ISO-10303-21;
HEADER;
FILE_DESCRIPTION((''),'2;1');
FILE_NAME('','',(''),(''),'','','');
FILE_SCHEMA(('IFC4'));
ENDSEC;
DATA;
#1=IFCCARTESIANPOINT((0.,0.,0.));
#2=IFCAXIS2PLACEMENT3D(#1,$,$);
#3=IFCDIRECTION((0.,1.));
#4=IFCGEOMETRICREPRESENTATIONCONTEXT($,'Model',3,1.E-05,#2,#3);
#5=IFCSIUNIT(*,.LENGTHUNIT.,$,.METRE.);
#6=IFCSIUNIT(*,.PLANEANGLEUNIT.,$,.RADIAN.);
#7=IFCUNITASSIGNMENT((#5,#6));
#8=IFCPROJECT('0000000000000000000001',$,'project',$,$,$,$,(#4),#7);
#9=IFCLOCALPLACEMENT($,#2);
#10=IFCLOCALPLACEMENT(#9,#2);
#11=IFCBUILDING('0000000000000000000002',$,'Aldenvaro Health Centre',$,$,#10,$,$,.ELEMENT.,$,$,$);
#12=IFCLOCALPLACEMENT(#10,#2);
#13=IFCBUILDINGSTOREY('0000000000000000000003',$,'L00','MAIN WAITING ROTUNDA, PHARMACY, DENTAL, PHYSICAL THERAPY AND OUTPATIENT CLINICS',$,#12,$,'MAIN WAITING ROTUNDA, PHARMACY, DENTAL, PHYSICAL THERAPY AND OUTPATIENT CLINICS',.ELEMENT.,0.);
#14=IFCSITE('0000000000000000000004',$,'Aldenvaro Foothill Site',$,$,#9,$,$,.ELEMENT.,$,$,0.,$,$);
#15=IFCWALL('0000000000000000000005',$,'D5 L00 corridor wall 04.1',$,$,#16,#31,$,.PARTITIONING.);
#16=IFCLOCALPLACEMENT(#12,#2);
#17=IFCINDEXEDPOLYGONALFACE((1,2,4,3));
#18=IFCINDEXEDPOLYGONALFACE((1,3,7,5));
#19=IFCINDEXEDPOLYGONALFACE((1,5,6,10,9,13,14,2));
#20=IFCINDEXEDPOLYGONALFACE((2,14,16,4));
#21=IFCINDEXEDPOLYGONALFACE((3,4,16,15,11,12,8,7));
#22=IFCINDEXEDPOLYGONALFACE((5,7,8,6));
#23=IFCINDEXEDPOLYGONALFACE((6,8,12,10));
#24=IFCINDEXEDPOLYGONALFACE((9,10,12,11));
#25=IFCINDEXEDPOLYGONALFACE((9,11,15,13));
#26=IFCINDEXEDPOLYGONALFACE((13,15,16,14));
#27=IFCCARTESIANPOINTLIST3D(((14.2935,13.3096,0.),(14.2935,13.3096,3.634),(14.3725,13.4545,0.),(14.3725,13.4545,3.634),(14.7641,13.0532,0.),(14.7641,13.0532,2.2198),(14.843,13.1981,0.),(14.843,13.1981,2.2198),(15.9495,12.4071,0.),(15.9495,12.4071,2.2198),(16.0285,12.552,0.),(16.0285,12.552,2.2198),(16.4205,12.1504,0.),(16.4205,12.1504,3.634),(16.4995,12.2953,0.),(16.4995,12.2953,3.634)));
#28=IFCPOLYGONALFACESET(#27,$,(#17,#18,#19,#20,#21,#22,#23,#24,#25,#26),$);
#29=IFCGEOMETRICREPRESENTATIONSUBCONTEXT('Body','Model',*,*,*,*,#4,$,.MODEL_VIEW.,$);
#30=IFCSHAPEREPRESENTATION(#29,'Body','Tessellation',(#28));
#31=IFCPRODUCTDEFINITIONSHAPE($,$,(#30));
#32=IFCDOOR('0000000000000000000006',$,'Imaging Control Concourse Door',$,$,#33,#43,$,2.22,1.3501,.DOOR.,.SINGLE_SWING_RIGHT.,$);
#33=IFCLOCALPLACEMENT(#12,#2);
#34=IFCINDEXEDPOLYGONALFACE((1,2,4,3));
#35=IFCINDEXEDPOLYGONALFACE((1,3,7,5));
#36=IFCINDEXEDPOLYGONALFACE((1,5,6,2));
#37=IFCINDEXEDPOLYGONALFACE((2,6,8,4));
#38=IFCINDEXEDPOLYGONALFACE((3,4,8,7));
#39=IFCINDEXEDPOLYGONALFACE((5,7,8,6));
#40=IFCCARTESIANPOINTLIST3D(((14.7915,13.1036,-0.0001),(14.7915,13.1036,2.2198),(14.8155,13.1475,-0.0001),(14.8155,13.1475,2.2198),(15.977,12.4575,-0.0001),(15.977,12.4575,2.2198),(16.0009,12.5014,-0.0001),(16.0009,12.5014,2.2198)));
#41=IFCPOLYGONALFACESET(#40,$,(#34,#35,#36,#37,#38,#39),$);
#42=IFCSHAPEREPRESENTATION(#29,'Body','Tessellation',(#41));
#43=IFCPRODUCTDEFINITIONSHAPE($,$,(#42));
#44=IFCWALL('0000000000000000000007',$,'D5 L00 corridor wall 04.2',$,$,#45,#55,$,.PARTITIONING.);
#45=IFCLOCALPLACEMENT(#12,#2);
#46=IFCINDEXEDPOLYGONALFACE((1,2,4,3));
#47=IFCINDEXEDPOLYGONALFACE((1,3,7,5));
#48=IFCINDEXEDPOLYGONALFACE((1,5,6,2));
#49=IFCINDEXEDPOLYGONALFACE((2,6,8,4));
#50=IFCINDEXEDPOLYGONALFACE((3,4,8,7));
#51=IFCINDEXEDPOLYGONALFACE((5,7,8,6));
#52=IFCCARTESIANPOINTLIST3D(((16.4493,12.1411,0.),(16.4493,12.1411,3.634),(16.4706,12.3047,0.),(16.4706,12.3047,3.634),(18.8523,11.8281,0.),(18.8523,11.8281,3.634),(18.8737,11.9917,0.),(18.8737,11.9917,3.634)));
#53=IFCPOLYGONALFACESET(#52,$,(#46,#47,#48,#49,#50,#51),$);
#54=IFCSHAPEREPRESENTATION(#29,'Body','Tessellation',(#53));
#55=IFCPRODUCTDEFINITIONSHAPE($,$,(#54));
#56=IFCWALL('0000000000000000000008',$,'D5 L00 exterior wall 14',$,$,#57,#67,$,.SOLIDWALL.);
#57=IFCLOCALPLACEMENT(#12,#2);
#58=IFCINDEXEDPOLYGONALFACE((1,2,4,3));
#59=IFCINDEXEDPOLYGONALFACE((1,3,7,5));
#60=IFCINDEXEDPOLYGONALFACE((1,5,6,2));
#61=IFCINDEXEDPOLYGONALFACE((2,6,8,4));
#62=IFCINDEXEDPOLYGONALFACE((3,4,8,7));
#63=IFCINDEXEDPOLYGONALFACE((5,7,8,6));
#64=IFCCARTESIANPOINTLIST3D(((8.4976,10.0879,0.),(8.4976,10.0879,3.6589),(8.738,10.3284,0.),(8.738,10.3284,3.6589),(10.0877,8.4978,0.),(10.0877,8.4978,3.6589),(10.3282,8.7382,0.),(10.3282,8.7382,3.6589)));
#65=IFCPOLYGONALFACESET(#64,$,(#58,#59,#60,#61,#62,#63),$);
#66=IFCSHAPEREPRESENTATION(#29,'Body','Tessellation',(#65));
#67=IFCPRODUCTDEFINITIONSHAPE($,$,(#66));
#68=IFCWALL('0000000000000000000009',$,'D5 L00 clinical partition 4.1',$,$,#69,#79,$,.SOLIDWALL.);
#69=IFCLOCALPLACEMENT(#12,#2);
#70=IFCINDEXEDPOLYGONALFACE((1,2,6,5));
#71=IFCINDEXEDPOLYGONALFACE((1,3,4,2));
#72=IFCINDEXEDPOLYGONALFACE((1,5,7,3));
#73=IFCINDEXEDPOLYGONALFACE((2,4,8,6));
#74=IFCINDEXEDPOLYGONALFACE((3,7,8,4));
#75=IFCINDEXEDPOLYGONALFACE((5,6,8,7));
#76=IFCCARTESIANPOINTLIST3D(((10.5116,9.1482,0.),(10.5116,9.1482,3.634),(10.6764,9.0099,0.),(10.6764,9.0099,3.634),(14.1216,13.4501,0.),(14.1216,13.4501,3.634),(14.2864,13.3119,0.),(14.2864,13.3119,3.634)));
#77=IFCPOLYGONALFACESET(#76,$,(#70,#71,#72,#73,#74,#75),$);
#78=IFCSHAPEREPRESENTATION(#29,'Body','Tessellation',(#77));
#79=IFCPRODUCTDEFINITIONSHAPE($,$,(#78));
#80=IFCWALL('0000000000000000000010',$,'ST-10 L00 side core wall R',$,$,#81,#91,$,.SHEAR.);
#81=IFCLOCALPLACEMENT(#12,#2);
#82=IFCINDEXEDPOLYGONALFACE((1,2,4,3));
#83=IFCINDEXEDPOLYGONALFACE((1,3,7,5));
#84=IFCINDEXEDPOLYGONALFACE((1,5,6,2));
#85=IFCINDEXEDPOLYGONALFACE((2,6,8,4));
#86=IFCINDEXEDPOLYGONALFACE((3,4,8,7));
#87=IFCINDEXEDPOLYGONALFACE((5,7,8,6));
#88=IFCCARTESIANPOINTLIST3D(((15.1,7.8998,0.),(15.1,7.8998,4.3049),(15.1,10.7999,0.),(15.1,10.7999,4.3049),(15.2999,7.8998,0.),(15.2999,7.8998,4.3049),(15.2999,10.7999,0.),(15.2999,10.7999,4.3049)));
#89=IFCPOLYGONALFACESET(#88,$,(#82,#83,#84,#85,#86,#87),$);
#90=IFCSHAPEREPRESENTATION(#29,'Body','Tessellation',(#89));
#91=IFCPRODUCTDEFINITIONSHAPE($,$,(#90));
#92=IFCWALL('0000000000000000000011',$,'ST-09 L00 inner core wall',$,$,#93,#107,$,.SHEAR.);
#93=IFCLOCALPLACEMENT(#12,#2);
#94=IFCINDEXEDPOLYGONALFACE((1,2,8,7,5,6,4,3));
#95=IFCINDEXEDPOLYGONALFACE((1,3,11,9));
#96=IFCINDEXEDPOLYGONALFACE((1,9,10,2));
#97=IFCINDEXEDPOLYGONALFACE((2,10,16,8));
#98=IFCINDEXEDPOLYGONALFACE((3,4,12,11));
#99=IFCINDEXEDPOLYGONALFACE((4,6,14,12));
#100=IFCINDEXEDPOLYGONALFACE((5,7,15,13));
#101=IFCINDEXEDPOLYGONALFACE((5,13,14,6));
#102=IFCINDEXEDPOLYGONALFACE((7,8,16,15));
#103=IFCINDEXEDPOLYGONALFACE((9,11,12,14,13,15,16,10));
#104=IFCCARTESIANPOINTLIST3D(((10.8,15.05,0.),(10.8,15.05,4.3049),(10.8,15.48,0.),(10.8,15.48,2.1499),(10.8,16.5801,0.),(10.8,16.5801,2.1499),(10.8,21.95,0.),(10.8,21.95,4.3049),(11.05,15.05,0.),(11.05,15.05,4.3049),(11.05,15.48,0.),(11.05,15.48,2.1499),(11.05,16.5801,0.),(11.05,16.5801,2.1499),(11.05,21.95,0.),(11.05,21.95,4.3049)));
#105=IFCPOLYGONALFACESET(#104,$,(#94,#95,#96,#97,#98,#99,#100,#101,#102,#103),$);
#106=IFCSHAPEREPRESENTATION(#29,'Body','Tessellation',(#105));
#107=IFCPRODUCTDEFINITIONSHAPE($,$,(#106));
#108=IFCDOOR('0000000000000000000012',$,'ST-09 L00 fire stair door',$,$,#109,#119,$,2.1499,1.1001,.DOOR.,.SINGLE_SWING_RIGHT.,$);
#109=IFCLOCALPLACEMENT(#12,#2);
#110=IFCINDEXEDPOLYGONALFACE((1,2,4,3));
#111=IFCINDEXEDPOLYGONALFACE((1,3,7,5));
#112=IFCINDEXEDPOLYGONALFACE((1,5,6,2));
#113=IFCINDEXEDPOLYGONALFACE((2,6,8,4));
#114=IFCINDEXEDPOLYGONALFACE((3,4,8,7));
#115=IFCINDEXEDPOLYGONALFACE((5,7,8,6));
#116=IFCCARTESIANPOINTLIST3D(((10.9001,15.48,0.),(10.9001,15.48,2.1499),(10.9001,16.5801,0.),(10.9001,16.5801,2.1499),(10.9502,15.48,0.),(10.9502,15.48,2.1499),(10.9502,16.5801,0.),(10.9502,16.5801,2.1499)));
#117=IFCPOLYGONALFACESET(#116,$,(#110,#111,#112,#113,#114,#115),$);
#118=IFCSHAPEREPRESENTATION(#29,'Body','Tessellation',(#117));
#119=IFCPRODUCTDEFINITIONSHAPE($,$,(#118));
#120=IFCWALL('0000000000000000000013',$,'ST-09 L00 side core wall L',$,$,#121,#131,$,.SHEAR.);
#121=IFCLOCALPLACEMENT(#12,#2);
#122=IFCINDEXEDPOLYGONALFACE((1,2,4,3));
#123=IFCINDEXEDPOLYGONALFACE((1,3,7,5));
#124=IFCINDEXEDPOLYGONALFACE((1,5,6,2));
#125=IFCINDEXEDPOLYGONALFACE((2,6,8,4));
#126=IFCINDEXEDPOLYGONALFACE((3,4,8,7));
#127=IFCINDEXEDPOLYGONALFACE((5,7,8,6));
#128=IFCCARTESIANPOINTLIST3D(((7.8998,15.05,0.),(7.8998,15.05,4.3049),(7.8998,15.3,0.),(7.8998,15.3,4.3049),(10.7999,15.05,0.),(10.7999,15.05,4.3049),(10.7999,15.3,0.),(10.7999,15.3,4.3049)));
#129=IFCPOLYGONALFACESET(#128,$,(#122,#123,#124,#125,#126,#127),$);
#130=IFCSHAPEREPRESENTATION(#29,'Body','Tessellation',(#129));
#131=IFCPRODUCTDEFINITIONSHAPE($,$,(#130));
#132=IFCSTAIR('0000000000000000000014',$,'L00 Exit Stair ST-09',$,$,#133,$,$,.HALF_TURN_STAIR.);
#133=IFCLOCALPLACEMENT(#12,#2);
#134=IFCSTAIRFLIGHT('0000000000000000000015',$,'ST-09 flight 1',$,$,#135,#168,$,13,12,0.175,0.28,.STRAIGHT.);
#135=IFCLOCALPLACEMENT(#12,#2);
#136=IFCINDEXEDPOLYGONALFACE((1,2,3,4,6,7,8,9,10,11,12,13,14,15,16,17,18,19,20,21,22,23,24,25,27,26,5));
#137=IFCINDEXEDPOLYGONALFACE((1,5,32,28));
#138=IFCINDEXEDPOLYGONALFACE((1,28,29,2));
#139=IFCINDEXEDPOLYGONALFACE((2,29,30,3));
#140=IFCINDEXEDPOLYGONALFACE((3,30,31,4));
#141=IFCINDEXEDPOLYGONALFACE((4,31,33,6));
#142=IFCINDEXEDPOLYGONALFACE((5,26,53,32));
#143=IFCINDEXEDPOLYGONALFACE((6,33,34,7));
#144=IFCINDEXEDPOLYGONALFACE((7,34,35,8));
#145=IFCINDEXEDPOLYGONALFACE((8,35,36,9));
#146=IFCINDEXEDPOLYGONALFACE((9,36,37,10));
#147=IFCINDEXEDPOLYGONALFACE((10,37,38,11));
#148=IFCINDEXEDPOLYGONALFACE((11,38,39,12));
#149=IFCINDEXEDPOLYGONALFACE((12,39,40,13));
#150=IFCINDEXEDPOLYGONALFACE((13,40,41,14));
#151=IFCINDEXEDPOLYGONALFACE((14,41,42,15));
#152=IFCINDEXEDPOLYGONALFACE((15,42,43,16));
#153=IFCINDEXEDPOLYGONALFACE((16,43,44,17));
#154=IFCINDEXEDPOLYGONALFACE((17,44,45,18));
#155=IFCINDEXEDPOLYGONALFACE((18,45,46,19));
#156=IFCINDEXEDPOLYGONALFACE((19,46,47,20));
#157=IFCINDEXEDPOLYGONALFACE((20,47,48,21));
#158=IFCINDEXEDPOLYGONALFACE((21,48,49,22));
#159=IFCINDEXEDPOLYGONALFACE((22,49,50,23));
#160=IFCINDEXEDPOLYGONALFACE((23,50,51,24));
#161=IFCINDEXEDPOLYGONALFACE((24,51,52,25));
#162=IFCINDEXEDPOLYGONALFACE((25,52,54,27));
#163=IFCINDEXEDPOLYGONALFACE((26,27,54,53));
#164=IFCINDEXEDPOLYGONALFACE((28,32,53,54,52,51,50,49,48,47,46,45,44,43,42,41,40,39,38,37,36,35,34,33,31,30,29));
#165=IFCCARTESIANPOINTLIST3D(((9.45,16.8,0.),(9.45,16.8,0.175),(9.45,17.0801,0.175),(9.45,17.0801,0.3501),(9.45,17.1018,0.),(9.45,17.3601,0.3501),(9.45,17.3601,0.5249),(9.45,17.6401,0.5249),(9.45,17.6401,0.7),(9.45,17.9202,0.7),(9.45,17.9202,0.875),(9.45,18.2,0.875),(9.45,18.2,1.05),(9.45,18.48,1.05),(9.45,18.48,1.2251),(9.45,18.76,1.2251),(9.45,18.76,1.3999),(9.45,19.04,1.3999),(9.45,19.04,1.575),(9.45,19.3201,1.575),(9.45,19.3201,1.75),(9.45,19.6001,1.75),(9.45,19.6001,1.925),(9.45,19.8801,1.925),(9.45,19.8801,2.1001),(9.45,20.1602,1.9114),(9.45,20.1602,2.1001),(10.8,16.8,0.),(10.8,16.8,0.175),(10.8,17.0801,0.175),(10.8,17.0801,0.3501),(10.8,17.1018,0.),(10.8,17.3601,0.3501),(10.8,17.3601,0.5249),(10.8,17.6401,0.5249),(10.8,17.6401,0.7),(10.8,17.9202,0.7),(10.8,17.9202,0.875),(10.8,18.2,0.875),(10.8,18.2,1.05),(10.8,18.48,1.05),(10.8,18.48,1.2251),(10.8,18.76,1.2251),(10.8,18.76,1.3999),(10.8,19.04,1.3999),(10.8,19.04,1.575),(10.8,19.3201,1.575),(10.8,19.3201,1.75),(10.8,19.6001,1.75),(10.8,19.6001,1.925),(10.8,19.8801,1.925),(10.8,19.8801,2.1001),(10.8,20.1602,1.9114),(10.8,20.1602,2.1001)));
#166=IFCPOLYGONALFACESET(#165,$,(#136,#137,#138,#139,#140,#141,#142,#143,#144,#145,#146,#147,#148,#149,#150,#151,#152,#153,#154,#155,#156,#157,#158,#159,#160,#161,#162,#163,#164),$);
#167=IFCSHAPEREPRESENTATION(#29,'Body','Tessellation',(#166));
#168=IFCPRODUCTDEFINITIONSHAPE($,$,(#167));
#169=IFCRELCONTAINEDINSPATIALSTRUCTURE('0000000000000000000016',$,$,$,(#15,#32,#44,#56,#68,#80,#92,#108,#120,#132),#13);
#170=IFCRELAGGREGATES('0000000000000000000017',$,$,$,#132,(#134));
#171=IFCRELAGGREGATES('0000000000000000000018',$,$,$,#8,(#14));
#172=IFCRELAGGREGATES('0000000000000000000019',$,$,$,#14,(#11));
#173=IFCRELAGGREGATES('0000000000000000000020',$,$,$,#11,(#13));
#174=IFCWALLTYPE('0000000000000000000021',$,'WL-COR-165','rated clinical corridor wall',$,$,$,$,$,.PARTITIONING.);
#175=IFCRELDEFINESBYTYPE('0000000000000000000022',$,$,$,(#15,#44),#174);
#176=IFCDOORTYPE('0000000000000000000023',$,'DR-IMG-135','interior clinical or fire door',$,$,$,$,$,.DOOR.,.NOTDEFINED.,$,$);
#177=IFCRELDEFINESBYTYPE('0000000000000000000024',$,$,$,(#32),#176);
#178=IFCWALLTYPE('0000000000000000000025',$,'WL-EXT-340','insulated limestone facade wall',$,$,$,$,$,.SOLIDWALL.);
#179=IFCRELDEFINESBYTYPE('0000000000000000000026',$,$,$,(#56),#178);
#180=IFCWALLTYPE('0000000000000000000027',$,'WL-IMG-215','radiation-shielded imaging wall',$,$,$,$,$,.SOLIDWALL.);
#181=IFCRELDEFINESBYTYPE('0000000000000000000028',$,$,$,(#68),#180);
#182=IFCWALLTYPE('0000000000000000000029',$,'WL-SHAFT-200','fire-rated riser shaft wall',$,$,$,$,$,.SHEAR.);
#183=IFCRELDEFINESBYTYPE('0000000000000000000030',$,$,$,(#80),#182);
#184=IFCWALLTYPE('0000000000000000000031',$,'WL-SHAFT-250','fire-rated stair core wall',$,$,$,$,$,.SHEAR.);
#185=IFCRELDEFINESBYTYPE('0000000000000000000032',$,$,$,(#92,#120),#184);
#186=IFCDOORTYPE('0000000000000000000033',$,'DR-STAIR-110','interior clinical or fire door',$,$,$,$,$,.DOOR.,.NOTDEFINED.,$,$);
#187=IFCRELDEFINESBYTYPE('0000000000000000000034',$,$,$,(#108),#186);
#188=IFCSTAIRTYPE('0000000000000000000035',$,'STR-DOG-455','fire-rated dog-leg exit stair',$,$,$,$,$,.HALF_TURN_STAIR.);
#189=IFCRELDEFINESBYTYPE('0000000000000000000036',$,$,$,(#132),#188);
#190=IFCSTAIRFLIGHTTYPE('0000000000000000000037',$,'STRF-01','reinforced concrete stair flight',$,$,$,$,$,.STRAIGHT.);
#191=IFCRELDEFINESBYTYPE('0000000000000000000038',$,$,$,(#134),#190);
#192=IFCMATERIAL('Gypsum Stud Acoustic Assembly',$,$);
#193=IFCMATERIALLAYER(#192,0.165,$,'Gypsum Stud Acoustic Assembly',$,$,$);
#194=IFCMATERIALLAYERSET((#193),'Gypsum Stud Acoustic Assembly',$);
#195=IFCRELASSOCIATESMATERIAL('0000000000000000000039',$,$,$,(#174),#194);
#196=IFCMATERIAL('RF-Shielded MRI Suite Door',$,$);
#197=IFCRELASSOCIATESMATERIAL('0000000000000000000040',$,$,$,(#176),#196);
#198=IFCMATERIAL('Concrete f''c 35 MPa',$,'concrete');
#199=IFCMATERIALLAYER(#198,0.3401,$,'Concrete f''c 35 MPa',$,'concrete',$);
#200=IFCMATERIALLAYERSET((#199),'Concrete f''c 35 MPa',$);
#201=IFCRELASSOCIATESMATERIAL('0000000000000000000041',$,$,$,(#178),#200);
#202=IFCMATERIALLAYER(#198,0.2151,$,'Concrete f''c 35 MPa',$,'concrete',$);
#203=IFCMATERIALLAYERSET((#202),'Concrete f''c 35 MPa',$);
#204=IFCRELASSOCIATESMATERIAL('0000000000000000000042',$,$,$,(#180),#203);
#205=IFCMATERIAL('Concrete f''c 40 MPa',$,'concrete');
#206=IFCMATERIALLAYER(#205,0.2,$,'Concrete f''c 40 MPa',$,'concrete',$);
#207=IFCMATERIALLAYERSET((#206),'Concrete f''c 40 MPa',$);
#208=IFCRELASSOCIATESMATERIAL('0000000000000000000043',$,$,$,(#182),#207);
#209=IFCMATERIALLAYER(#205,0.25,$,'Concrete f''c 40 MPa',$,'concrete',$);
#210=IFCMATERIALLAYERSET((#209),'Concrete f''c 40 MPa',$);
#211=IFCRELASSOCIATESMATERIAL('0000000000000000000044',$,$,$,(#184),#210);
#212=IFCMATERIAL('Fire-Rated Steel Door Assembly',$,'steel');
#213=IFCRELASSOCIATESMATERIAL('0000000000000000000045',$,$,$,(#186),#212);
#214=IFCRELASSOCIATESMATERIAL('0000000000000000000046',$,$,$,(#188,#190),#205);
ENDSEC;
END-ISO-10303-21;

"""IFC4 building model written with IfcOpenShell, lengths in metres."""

from ifc_helpers import new_model, si_unit, direction, frame, frame_2d, origin, place, context, subcontext, project, spatial, polyline, rectangle, outline, extrude, material, layer, layer_set, type_object, element, fill, aggregate, save


model = new_model("IFC4")

# Units and contexts
model_context = context("Model", 3, precision=1e-05, world=origin(), true_north=direction((0.0, 1.0)))
body_context = subcontext(model_context, "Body", "Model", "MODEL_VIEW")
ifc_project = project(units=[si_unit("LENGTHUNIT", "METRE"), si_unit("PLANEANGLEUNIT", "RADIAN")], contexts=[model_context])

# Site, building, storey
site_placement = place(None, origin())
site = spatial("IfcSite", under=ifc_project, at=site_placement, Name="Aldenvaro Foothill Site", CompositionType="ELEMENT", RefElevation=0.0)
building_placement = place(site_placement, origin())
building = spatial("IfcBuilding", under=site, at=building_placement, Name="Aldenvaro Health Centre", CompositionType="ELEMENT")
storey_placement = place(building_placement, origin())
storey = spatial("IfcBuildingStorey", under=building, at=storey_placement, Name="L00", Description="MAIN WAITING ROTUNDA, PHARMACY, DENTAL, PHYSICAL THERAPY AND OUTPATIENT CLINICS", LongName="MAIN WAITING ROTUNDA, PHARMACY, DENTAL, PHYSICAL THERAPY AND OUTPATIENT CLINICS", CompositionType="ELEMENT", Elevation=0.0)

# Shared definitions
ifc_material_1 = material(Name="Concrete f'c 40 MPa", Category="concrete")

# Wall, opening, door
ifc_material_2 = material(Name="Gypsum Stud Acoustic Assembly")
ifc_layer_1 = layer(ifc_material_2, 0.165, Name="Gypsum Stud Acoustic Assembly")
ifc_layer_set_1 = layer_set([ifc_layer_1], Name="Gypsum Stud Acoustic Assembly")
wall_type_1 = type_object("IfcWallType", Name="WL-COR-165", Description="rated clinical corridor wall", PredefinedType="PARTITIONING", material=ifc_layer_set_1)
wall_1_placement = place(storey_placement, frame((14.333, 13.3821, 0.0), z_axis=(0.0, 0.0, 1.0), x_axis=(0.878065, -0.478541, 0.0)))
wall_1 = element("IfcWall", 1, at=wall_1_placement, inside=storey, type_object=wall_type_1, Name="D5 L00 corridor wall 04.1", PredefinedType="PARTITIONING", context=body_context, shape_type="SweptSolid", body=[
    extrude(rectangle(XDim=2.4224, YDim=0.165, at=frame_2d((1.2112, 0.0))), origin(), (0.0, 0.0, 1.0), 3.634),
])
opening_1_placement = place(wall_1_placement, frame((0.5359, 0.0, 0.0)))
opening_1 = element("IfcOpeningElement", 2, at=opening_1_placement, cuts=wall_1, PredefinedType="OPENING", context=body_context, shape_type="SweptSolid", body=[
    extrude(rectangle(XDim=1.3501, YDim=2.22, at=frame_2d((0.675, 1.1099))), frame((0.0, 0.0925, 0.0), z_axis=(0.0, -1.0, 0.0), x_axis=(1.0, 0.0, 0.0)), (0.0, 0.0, 1.0), 0.1851),
])
ifc_material_3 = material(Name="RF-Shielded MRI Suite Door")
door_type_1 = type_object("IfcDoorType", Name="DR-IMG-135", Description="interior clinical or fire door", OperationType="NOTDEFINED", PredefinedType="DOOR", material=ifc_material_3)
door_1_placement = place(opening_1_placement, origin())
door_1 = element("IfcDoor", 3, at=door_1_placement, inside=storey, type_object=door_type_1, Name="Imaging Control Concourse Door", OperationType="SINGLE_SWING_RIGHT", OverallHeight=2.22, OverallWidth=1.3501, PredefinedType="DOOR", context=body_context, shape_type="SweptSolid", body=[
    extrude(rectangle(XDim=1.3501, YDim=2.22, at=frame_2d((0.675, 1.1099))), frame((0.0, 0.0249, 0.0), z_axis=(0.0, -1.0, 0.0), x_axis=(1.0, 0.0, 0.0)), (0.0, 0.0, 1.0), 0.05),
])
fill(opening_1, door_1)

# Walls
wall_2_placement = place(storey_placement, frame((16.46, 12.2229, 0.0), z_axis=(0.0, 0.0, 1.0), x_axis=(0.991625, -0.129154, 0.0)))
element("IfcWall", 4, at=wall_2_placement, inside=storey, type_object=wall_type_1, Name="D5 L00 corridor wall 04.2", PredefinedType="PARTITIONING", context=body_context, shape_type="SweptSolid", body=[
    extrude(rectangle(XDim=2.4233, YDim=0.165, at=frame_2d((1.2117, 0.0))), origin(), (0.0, 0.0, 1.0), 3.634),
])
ifc_material_4 = material(Name="Concrete f'c 35 MPa", Category="concrete")
ifc_layer_2 = layer(ifc_material_4, 0.3401, Name="Concrete f'c 35 MPa", Category="concrete")
ifc_layer_set_2 = layer_set([ifc_layer_2], Name="Concrete f'c 35 MPa")
wall_type_2 = type_object("IfcWallType", Name="WL-EXT-340", Description="insulated limestone facade wall", PredefinedType="SOLIDWALL", material=ifc_layer_set_2)
wall_3_placement = place(storey_placement, frame((10.208, 8.6179, 0.0), z_axis=(0.0, 0.0, 1.0), x_axis=(-0.707107, 0.707107, 0.0)))
element("IfcWall", 5, at=wall_3_placement, inside=storey, type_object=wall_type_2, Name="D5 L00 exterior wall 14", PredefinedType="SOLIDWALL", context=body_context, shape_type="SweptSolid", body=[
    extrude(rectangle(XDim=2.2488, YDim=0.3401, at=frame_2d((1.1245, 0.0))), origin(), (0.0, 0.0, 1.0), 3.6589),
])
ifc_layer_3 = layer(ifc_material_4, 0.2151, Name="Concrete f'c 35 MPa", Category="concrete")
ifc_layer_set_3 = layer_set([ifc_layer_3], Name="Concrete f'c 35 MPa")
wall_type_3 = type_object("IfcWallType", Name="WL-IMG-215", Description="radiation-shielded imaging wall", PredefinedType="SOLIDWALL", material=ifc_layer_set_3)
wall_4_placement = place(storey_placement, frame((14.2041, 13.3811, 0.0), z_axis=(0.0, 0.0, 1.0), x_axis=(-0.642819, -0.766018, 0.0)))
element("IfcWall", 6, at=wall_4_placement, inside=storey, type_object=wall_type_3, Name="D5 L00 clinical partition 4.1", PredefinedType="SOLIDWALL", context=body_context, shape_type="SweptSolid", body=[
    extrude(rectangle(XDim=5.616, YDim=0.2151, at=frame_2d((2.8081, 0.0))), origin(), (0.0, 0.0, 1.0), 3.634),
])
ifc_layer_4 = layer(ifc_material_1, 0.2, Name="Concrete f'c 40 MPa", Category="concrete")
ifc_layer_set_4 = layer_set([ifc_layer_4], Name="Concrete f'c 40 MPa")
wall_type_4 = type_object("IfcWallType", Name="WL-SHAFT-200", Description="fire-rated riser shaft wall", PredefinedType="SHEAR", material=ifc_layer_set_4)
wall_5_placement = place(storey_placement, frame((15.2, 10.8, 0.0), z_axis=(0.0, 0.0, 1.0), x_axis=(0.0, -1.0, 0.0)))
element("IfcWall", 7, at=wall_5_placement, inside=storey, type_object=wall_type_4, Name="ST-10 L00 side core wall R", PredefinedType="SHEAR", context=body_context, shape_type="SweptSolid", body=[
    extrude(rectangle(XDim=2.9001, YDim=0.2, at=frame_2d((1.4502, 0.0))), origin(), (0.0, 0.0, 1.0), 4.3049),
])

# Wall, opening, door
ifc_layer_5 = layer(ifc_material_1, 0.25, Name="Concrete f'c 40 MPa", Category="concrete")
ifc_layer_set_5 = layer_set([ifc_layer_5], Name="Concrete f'c 40 MPa")
wall_type_5 = type_object("IfcWallType", Name="WL-SHAFT-250", Description="fire-rated stair core wall", PredefinedType="SHEAR", material=ifc_layer_set_5)
wall_6_placement = place(storey_placement, frame((10.925, 15.05, 0.0), z_axis=(0.0, 0.0, 1.0), x_axis=(0.0, 1.0, 0.0)))
wall_6 = element("IfcWall", 8, at=wall_6_placement, inside=storey, type_object=wall_type_5, Name="ST-09 L00 inner core wall", PredefinedType="SHEAR", context=body_context, shape_type="SweptSolid", body=[
    extrude(rectangle(XDim=6.8999, YDim=0.25, at=frame_2d((3.45, 0.0))), origin(), (0.0, 0.0, 1.0), 4.3049),
])
opening_2_placement = place(wall_6_placement, frame((0.4299, 0.0, 0.0)))
opening_2 = element("IfcOpeningElement", 9, at=opening_2_placement, cuts=wall_6, PredefinedType="OPENING", context=body_context, shape_type="SweptSolid", body=[
    extrude(rectangle(XDim=1.1001, YDim=2.1499, at=frame_2d((0.55, 1.075))), frame((0.0, 0.135, 0.0), z_axis=(0.0, -1.0, 0.0), x_axis=(1.0, 0.0, 0.0)), (0.0, 0.0, 1.0), 0.27),
])
ifc_material_5 = material(Name="Fire-Rated Steel Door Assembly", Category="steel")
door_type_2 = type_object("IfcDoorType", Name="DR-STAIR-110", Description="interior clinical or fire door", OperationType="NOTDEFINED", PredefinedType="DOOR", material=ifc_material_5)
door_2_placement = place(opening_2_placement, origin())
door_2 = element("IfcDoor", 10, at=door_2_placement, inside=storey, type_object=door_type_2, Name="ST-09 L00 fire stair door", OperationType="SINGLE_SWING_RIGHT", OverallHeight=2.1499, OverallWidth=1.1001, PredefinedType="DOOR", context=body_context, shape_type="SweptSolid", body=[
    extrude(rectangle(XDim=1.1001, YDim=2.1499, at=frame_2d((0.55, 1.075))), frame((0.0, 0.0249, 0.0), z_axis=(0.0, -1.0, 0.0), x_axis=(1.0, 0.0, 0.0)), (0.0, 0.0, 1.0), 0.05),
])
fill(opening_2, door_2)

# Wall
wall_7_placement = place(storey_placement, frame((10.8, 15.175, 0.0), z_axis=(0.0, 0.0, 1.0), x_axis=(-1.0, 0.0, 0.0)))
element("IfcWall", 11, at=wall_7_placement, inside=storey, type_object=wall_type_5, Name="ST-09 L00 side core wall L", PredefinedType="SHEAR", context=body_context, shape_type="SweptSolid", body=[
    extrude(rectangle(XDim=2.9001, YDim=0.25, at=frame_2d((1.4502, 0.0))), origin(), (0.0, 0.0, 1.0), 4.3049),
])

# Stair, stair flight
stair_type = type_object("IfcStairType", Name="STR-DOG-455", Description="fire-rated dog-leg exit stair", PredefinedType="HALF_TURN_STAIR", material=ifc_material_1)
stair_1_placement = place(storey_placement, origin())
stair_1 = element("IfcStair", 12, at=stair_1_placement, inside=storey, type_object=stair_type, Name="L00 Exit Stair ST-09", PredefinedType="HALF_TURN_STAIR")
stair_flight_type_1 = type_object("IfcStairFlightType", Name="STRF-01", Description="reinforced concrete stair flight", PredefinedType="STRAIGHT", material=ifc_material_1)
stair_flight_1_placement = place(storey_placement, frame((10.125, 16.8, 0.0), z_axis=(0.0, 0.0, 1.0), x_axis=(0.0, 1.0, 0.0)))
stair_flight_1 = element("IfcStairFlight", 13, at=stair_flight_1_placement, type_object=stair_flight_type_1, Name="ST-09 flight 1", NumberOfRisers=13, NumberOfTreads=12, PredefinedType="STRAIGHT", RiserHeight=0.175, TreadLength=0.28, context=body_context, shape_type="SweptSolid", body=[
    extrude(outline(polyline([(0.0, 0.0), (0.0, 0.175), (0.28, 0.175), (0.28, 0.3501), (0.5601, 0.3501), (0.5601, 0.5249), (0.8401, 0.5249), (0.8401, 0.7), (1.1201, 0.7), (1.1201, 0.875), (1.3999, 0.875), (1.3999, 1.05), (1.6799, 1.05), (1.6799, 1.2251), (1.96, 1.2251), (1.96, 1.3999), (2.24, 1.3999), (2.24, 1.575), (2.52, 1.575), (2.52, 1.75), (2.8, 1.75), (2.8, 1.925), (3.0801, 1.925), (3.0801, 2.1001), (3.3601, 2.1001), (3.3601, 2.2749), (3.3601, 1.9114), (0.3018, 0.0), (0.0, 0.0)])), frame((0.0, 0.675, 0.0), z_axis=(0.0, -1.0, 0.0), x_axis=(1.0, 0.0, 0.0)), (0.0, 0.0, 1.0), 1.3501),
])
aggregate(stair_1, [stair_flight_1])

save(model, "model.ifc")
